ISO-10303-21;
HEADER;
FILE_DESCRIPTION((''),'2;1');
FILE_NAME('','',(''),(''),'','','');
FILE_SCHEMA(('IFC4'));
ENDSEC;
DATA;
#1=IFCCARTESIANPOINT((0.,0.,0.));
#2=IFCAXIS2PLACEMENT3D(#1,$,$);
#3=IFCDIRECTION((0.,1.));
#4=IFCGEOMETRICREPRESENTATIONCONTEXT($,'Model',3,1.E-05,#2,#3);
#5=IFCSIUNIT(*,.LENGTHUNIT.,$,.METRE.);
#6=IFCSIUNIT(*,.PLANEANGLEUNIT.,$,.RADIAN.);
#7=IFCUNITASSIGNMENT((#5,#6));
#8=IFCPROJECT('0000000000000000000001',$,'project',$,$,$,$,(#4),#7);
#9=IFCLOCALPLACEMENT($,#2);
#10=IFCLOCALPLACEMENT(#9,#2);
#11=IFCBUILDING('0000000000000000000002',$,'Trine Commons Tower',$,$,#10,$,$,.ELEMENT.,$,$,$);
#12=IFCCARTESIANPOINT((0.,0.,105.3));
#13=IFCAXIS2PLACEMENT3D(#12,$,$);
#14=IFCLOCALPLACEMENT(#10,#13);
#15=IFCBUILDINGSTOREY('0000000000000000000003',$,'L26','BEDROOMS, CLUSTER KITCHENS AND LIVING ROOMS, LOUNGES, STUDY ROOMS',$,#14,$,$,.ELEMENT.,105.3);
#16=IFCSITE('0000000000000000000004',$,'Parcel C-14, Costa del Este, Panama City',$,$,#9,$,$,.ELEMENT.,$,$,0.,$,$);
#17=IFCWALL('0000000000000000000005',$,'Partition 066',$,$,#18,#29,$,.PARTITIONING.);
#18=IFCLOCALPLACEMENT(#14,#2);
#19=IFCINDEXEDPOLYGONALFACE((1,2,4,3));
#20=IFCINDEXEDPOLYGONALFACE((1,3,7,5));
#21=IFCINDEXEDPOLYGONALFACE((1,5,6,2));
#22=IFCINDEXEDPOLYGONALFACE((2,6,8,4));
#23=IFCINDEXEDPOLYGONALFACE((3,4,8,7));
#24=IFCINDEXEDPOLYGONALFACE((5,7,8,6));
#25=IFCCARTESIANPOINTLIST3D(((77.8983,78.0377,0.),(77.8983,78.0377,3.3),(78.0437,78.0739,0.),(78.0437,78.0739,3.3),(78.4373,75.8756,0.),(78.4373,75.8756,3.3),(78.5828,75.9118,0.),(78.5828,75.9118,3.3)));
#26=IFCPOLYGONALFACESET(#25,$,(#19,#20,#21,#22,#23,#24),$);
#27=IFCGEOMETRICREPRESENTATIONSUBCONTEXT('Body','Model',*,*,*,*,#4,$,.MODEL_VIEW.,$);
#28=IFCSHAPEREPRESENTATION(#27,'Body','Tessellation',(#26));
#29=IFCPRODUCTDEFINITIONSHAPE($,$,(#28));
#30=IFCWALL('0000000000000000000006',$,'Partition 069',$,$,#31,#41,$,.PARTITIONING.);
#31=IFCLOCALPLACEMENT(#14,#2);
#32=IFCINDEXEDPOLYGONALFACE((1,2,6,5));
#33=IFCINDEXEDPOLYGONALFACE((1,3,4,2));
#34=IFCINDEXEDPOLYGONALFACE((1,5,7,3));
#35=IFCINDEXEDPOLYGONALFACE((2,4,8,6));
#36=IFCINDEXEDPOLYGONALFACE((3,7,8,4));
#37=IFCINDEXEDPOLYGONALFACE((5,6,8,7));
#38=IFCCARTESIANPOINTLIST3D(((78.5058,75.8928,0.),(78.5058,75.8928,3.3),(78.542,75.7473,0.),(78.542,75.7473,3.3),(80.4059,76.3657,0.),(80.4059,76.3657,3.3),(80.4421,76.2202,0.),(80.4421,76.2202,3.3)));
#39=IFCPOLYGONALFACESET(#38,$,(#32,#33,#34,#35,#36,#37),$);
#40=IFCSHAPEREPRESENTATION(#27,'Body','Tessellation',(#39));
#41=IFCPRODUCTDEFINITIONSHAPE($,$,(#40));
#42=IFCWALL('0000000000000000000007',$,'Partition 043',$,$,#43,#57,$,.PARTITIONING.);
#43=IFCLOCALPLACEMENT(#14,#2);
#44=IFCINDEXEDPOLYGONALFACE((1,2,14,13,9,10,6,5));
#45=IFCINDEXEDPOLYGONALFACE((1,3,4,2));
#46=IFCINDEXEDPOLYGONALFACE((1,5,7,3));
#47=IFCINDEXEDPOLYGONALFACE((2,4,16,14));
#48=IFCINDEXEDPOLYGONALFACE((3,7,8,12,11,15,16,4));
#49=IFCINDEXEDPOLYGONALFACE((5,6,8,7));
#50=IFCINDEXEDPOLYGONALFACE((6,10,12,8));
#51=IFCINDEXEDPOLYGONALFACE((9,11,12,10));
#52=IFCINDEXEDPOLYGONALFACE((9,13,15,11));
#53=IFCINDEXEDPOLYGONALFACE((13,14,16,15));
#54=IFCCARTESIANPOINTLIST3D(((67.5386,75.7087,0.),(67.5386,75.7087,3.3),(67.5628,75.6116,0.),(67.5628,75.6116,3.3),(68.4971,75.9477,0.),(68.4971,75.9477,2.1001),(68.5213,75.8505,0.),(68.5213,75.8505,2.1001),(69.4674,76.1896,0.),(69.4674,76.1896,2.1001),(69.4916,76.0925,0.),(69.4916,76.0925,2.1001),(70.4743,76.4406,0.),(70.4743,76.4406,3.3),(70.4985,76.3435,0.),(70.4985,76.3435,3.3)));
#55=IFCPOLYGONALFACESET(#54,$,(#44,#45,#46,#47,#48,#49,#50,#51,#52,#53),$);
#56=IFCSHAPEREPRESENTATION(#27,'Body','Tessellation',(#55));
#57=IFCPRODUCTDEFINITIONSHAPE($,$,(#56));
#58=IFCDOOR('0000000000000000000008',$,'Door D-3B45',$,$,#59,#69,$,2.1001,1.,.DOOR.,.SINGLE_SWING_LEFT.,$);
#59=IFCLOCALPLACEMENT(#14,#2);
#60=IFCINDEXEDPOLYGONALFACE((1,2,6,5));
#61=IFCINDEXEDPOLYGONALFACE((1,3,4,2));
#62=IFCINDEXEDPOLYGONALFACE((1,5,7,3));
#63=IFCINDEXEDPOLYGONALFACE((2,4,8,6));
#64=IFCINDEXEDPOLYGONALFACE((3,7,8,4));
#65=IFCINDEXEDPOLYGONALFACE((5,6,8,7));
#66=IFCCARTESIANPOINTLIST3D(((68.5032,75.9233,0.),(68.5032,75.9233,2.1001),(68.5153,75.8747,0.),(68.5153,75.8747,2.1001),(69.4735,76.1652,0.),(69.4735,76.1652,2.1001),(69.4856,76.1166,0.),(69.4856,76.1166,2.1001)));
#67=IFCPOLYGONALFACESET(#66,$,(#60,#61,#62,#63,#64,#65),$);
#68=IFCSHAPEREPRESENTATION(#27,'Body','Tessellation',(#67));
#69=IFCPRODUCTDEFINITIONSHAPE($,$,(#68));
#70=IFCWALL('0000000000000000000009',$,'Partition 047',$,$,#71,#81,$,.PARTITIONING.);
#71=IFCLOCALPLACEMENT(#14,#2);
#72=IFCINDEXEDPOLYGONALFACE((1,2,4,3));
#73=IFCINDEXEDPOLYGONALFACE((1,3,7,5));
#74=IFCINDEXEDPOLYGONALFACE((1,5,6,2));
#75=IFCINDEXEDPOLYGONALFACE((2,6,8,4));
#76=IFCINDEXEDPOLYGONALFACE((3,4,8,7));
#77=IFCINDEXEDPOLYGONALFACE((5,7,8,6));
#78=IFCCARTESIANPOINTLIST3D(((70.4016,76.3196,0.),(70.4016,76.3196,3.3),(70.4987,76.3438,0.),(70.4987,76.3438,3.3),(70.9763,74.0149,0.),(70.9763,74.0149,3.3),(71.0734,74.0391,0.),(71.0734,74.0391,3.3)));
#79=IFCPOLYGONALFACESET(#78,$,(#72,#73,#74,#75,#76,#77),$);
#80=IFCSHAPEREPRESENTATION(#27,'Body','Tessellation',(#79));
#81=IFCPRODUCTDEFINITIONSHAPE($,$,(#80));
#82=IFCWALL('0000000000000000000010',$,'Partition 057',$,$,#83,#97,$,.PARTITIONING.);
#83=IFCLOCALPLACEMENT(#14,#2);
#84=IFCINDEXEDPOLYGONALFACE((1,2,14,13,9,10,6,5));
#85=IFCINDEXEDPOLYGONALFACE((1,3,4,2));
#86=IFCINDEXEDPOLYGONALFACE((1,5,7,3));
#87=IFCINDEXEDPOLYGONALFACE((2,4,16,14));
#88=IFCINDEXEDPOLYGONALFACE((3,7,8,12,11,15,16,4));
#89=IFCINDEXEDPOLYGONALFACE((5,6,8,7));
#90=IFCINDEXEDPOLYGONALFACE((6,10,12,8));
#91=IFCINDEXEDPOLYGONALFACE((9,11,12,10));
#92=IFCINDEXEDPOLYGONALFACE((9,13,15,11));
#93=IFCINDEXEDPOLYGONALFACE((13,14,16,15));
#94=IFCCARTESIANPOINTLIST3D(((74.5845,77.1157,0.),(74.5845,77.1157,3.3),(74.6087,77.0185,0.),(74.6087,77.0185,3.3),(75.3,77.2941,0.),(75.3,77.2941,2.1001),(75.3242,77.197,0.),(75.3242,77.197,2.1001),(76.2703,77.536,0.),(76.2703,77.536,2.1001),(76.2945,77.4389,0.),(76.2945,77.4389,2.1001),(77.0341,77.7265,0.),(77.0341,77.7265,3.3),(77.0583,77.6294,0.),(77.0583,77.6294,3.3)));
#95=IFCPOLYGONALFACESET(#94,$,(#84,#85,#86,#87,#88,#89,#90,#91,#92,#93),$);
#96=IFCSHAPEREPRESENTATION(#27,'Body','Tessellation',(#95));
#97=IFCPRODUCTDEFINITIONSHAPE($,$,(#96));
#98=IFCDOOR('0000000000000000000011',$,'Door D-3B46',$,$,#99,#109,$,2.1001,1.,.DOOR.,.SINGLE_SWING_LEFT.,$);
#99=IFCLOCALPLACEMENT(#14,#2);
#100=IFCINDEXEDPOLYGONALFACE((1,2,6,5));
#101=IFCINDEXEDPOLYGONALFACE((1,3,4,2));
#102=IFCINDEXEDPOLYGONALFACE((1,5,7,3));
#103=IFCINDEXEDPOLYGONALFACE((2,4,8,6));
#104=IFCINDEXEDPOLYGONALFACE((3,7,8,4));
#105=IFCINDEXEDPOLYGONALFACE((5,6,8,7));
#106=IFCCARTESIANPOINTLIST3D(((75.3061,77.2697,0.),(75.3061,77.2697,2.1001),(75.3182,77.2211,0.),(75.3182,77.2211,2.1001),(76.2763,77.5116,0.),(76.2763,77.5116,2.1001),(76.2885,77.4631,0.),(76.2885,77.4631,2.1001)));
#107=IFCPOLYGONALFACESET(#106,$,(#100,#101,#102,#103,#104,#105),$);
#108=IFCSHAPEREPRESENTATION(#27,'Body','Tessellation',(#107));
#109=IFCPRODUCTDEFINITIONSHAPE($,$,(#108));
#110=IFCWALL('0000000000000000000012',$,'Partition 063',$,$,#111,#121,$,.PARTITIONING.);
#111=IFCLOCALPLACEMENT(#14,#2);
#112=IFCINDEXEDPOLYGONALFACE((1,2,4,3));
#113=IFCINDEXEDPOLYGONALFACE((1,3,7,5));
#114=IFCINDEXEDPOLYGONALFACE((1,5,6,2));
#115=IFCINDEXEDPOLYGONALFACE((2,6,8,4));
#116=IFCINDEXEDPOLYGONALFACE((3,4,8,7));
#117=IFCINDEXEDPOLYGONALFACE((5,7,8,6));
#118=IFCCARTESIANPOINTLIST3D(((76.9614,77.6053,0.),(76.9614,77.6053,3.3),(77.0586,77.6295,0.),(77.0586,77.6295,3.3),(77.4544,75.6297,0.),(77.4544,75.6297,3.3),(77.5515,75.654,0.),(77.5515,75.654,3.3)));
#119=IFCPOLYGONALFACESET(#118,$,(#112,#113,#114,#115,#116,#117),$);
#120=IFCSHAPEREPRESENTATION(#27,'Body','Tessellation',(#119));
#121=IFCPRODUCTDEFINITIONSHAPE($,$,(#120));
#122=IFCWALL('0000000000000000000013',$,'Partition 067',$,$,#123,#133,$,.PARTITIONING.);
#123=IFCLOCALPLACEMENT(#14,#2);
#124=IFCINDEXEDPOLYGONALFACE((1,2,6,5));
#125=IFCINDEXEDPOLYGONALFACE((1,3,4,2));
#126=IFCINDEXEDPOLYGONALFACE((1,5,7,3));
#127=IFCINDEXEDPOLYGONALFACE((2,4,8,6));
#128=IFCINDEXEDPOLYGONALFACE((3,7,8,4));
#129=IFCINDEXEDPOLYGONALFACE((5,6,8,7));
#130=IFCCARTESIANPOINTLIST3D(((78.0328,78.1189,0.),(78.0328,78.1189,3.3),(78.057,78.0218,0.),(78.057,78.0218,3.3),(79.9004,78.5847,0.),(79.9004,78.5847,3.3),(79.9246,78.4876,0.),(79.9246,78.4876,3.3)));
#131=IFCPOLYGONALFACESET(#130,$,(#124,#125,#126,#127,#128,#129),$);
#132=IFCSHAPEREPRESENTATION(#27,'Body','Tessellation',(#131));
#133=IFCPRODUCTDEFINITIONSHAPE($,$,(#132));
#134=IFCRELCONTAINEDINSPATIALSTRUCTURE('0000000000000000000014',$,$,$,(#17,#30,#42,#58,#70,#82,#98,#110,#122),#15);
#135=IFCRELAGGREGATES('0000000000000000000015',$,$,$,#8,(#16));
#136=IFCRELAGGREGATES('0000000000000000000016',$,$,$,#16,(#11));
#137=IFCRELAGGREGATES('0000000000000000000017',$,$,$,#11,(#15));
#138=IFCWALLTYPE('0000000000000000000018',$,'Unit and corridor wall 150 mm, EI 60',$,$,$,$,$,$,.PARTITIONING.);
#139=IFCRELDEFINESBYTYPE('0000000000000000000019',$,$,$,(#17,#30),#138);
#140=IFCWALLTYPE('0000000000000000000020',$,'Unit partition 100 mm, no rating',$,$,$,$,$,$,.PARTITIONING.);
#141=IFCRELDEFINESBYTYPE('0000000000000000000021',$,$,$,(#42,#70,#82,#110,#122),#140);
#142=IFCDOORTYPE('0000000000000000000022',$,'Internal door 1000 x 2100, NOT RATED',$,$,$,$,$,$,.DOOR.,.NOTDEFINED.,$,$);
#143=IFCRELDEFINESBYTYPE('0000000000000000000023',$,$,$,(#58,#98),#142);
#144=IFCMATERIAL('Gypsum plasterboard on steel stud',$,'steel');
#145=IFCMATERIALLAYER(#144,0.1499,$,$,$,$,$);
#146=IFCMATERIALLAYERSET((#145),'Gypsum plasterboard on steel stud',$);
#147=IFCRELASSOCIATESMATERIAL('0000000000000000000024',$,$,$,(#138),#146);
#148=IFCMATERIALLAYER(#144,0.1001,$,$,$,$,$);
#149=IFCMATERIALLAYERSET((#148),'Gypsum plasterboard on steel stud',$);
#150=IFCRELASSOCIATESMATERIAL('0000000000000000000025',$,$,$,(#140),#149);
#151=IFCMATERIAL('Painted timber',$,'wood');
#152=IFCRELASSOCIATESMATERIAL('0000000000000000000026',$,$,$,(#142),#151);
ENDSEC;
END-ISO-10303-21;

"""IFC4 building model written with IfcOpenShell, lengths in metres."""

from ifc_helpers import new_model, si_unit, direction, frame, frame_2d, origin, place, context, subcontext, project, spatial, rectangle, extrude, material, layer, layer_set, type_object, element, fill, save


model = new_model("IFC4")

# Units and contexts
model_context = context("Model", 3, precision=1e-05, world=origin(), true_north=direction((0.0, 1.0)))
body_context = subcontext(model_context, "Body", "Model", "MODEL_VIEW")
ifc_project = project(units=[si_unit("LENGTHUNIT", "METRE"), si_unit("PLANEANGLEUNIT", "RADIAN")], contexts=[model_context])

# Site, building, storey
site_placement = place(None, origin())
site = spatial("IfcSite", under=ifc_project, at=site_placement, Name="Parcel C-14, Costa del Este, Panama City", CompositionType="ELEMENT", RefElevation=0.0)
building_placement = place(site_placement, origin())
building = spatial("IfcBuilding", under=site, at=building_placement, Name="Trine Commons Tower", CompositionType="ELEMENT")
storey_placement = place(building_placement, frame((0.0, 0.0, 105.3)))
storey = spatial("IfcBuildingStorey", under=building, at=storey_placement, Name="L26", Description="BEDROOMS, CLUSTER KITCHENS AND LIVING ROOMS, LOUNGES, STUDY ROOMS", CompositionType="ELEMENT", Elevation=105.3)

# Shared definitions
ifc_material_1 = material(Name="Gypsum plasterboard on steel stud", Category="steel")
ifc_layer_1 = layer(ifc_material_1, 0.1499)
ifc_layer_set_1 = layer_set([ifc_layer_1], Name="Gypsum plasterboard on steel stud")
wall_type_1 = type_object("IfcWallType", Name="Unit and corridor wall 150 mm, EI 60", PredefinedType="PARTITIONING", material=ifc_layer_set_1)

# Shared definitions
ifc_material_2 = material(Name="Painted timber", Category="wood")

# Walls
wall_1_placement = place(storey_placement, frame((77.9709, 78.0559, 0.0), z_axis=(0.0, 0.0, 1.0), x_axis=(0.241917, -0.970297, 0.0)))
element("IfcWall", 1, at=wall_1_placement, inside=storey, type_object=wall_type_1, Name="Partition 066", PredefinedType="PARTITIONING", context=body_context, shape_type="SweptSolid", body=[
    extrude(rectangle(XDim=2.2283, YDim=0.1499, at=frame_2d((1.1143, 0.0))), origin(), (0.0, 0.0, 1.0), 3.3),
])
wall_2_placement = place(storey_placement, frame((78.5239, 75.8201, 0.0), z_axis=(0.0, 0.0, 1.0), x_axis=(0.970399, 0.241509, 0.0)))
element("IfcWall", 2, at=wall_2_placement, inside=storey, type_object=wall_type_1, Name="Partition 069", PredefinedType="PARTITIONING", context=body_context, shape_type="SweptSolid", body=[
    extrude(rectangle(XDim=1.958, YDim=0.1499, at=frame_2d((0.979, 0.0))), origin(), (0.0, 0.0, 1.0), 3.3),
])

# Wall, opening, door
ifc_layer_2 = layer(ifc_material_1, 0.1001)
ifc_layer_set_2 = layer_set([ifc_layer_2], Name="Gypsum plasterboard on steel stud")
wall_type_2 = type_object("IfcWallType", Name="Unit partition 100 mm, no rating", PredefinedType="PARTITIONING", material=ifc_layer_set_2)
wall_3_placement = place(storey_placement, frame((67.5508, 75.6602, 0.0), z_axis=(0.0, 0.0, 1.0), x_axis=(0.970299, 0.241909, 0.0)))
wall_3 = element("IfcWall", 3, at=wall_3_placement, inside=storey, type_object=wall_type_2, Name="Partition 043", PredefinedType="PARTITIONING", context=body_context, shape_type="SweptSolid", body=[
    extrude(rectangle(XDim=3.0256, YDim=0.1001, at=frame_2d((1.5127, 0.0))), origin(), (0.0, 0.0, 1.0), 3.3),
])
opening_1_placement = place(wall_3_placement, frame((0.9878, 0.0, 0.0)))
opening_1 = element("IfcOpeningElement", 4, at=opening_1_placement, cuts=wall_3, PredefinedType="OPENING", context=body_context, shape_type="SweptSolid", body=[
    extrude(rectangle(XDim=1.0, YDim=2.1001, at=frame_2d((0.5, 1.05))), frame((0.0, 0.0601, 0.0), z_axis=(0.0, -1.0, 0.0), x_axis=(1.0, 0.0, 0.0)), (0.0, 0.0, 1.0), 0.1201),
])
door_type_1 = type_object("IfcDoorType", Name="Internal door 1000 x 2100, NOT RATED", OperationType="NOTDEFINED", PredefinedType="DOOR", material=ifc_material_2)
door_1_placement = place(opening_1_placement, origin())
door_1 = element("IfcDoor", 5, at=door_1_placement, inside=storey, type_object=door_type_1, Name="Door D-3B45", OperationType="SINGLE_SWING_LEFT", OverallHeight=2.1001, OverallWidth=1.0, PredefinedType="DOOR", context=body_context, shape_type="SweptSolid", body=[
    extrude(rectangle(XDim=1.0, YDim=2.1001, at=frame_2d((0.5, 1.05))), frame((0.0, 0.0249, 0.0), z_axis=(0.0, -1.0, 0.0), x_axis=(1.0, 0.0, 0.0)), (0.0, 0.0, 1.0), 0.05),
])
fill(opening_1, door_1)

# Wall
wall_4_placement = place(storey_placement, frame((70.4502, 76.3315, 0.0), z_axis=(0.0, 0.0, 1.0), x_axis=(0.241955, -0.970287, 0.0)))
element("IfcWall", 6, at=wall_4_placement, inside=storey, type_object=wall_type_2, Name="Partition 047", PredefinedType="PARTITIONING", context=body_context, shape_type="SweptSolid", body=[
    extrude(rectangle(XDim=2.3752, YDim=0.1001, at=frame_2d((1.1875, 0.0))), origin(), (0.0, 0.0, 1.0), 3.3),
])

# Wall, opening, door
wall_5_placement = place(storey_placement, frame((74.5967, 77.0671, 0.0), z_axis=(0.0, 0.0, 1.0), x_axis=(0.97029, 0.241944, 0.0)))
wall_5 = element("IfcWall", 7, at=wall_5_placement, inside=storey, type_object=wall_type_2, Name="Partition 057", PredefinedType="PARTITIONING", context=body_context, shape_type="SweptSolid", body=[
    extrude(rectangle(XDim=2.5247, YDim=0.1001, at=frame_2d((1.2622, 0.0))), origin(), (0.0, 0.0, 1.0), 3.3),
])
opening_2_placement = place(wall_5_placement, frame((0.7373, 0.0, 0.0)))
opening_2 = element("IfcOpeningElement", 8, at=opening_2_placement, cuts=wall_5, PredefinedType="OPENING", context=body_context, shape_type="SweptSolid", body=[
    extrude(rectangle(XDim=1.0, YDim=2.1001, at=frame_2d((0.5, 1.05))), frame((0.0, 0.0601, 0.0), z_axis=(0.0, -1.0, 0.0), x_axis=(1.0, 0.0, 0.0)), (0.0, 0.0, 1.0), 0.1201),
])
door_2_placement = place(opening_2_placement, origin())
door_2 = element("IfcDoor", 9, at=door_2_placement, inside=storey, type_object=door_type_1, Name="Door D-3B46", OperationType="SINGLE_SWING_LEFT", OverallHeight=2.1001, OverallWidth=1.0, PredefinedType="DOOR", context=body_context, shape_type="SweptSolid", body=[
    extrude(rectangle(XDim=1.0, YDim=2.1001, at=frame_2d((0.5, 1.05))), frame((0.0, 0.0249, 0.0), z_axis=(0.0, -1.0, 0.0), x_axis=(1.0, 0.0, 0.0)), (0.0, 0.0, 1.0), 0.05),
])
fill(opening_2, door_2)

# Walls
wall_6_placement = place(storey_placement, frame((77.01, 77.6174, 0.0), z_axis=(0.0, 0.0, 1.0), x_axis=(0.242084, -0.970255, 0.0)))
element("IfcWall", 10, at=wall_6_placement, inside=storey, type_object=wall_type_2, Name="Partition 063", PredefinedType="PARTITIONING", context=body_context, shape_type="SweptSolid", body=[
    extrude(rectangle(XDim=2.0361, YDim=0.1001, at=frame_2d((1.0181, 0.0))), origin(), (0.0, 0.0, 1.0), 3.3),
])
wall_7_placement = place(storey_placement, frame((78.0449, 78.0703, 0.0), z_axis=(0.0, 0.0, 1.0), x_axis=(0.970277, 0.241998, 0.0)))
element("IfcWall", 11, at=wall_7_placement, inside=storey, type_object=wall_type_2, Name="Partition 067", PredefinedType="PARTITIONING", context=body_context, shape_type="SweptSolid", body=[
    extrude(rectangle(XDim=1.9248, YDim=0.1001, at=frame_2d((0.9624, 0.0))), origin(), (0.0, 0.0, 1.0), 3.3),
])

save(model, "model.ifc")
